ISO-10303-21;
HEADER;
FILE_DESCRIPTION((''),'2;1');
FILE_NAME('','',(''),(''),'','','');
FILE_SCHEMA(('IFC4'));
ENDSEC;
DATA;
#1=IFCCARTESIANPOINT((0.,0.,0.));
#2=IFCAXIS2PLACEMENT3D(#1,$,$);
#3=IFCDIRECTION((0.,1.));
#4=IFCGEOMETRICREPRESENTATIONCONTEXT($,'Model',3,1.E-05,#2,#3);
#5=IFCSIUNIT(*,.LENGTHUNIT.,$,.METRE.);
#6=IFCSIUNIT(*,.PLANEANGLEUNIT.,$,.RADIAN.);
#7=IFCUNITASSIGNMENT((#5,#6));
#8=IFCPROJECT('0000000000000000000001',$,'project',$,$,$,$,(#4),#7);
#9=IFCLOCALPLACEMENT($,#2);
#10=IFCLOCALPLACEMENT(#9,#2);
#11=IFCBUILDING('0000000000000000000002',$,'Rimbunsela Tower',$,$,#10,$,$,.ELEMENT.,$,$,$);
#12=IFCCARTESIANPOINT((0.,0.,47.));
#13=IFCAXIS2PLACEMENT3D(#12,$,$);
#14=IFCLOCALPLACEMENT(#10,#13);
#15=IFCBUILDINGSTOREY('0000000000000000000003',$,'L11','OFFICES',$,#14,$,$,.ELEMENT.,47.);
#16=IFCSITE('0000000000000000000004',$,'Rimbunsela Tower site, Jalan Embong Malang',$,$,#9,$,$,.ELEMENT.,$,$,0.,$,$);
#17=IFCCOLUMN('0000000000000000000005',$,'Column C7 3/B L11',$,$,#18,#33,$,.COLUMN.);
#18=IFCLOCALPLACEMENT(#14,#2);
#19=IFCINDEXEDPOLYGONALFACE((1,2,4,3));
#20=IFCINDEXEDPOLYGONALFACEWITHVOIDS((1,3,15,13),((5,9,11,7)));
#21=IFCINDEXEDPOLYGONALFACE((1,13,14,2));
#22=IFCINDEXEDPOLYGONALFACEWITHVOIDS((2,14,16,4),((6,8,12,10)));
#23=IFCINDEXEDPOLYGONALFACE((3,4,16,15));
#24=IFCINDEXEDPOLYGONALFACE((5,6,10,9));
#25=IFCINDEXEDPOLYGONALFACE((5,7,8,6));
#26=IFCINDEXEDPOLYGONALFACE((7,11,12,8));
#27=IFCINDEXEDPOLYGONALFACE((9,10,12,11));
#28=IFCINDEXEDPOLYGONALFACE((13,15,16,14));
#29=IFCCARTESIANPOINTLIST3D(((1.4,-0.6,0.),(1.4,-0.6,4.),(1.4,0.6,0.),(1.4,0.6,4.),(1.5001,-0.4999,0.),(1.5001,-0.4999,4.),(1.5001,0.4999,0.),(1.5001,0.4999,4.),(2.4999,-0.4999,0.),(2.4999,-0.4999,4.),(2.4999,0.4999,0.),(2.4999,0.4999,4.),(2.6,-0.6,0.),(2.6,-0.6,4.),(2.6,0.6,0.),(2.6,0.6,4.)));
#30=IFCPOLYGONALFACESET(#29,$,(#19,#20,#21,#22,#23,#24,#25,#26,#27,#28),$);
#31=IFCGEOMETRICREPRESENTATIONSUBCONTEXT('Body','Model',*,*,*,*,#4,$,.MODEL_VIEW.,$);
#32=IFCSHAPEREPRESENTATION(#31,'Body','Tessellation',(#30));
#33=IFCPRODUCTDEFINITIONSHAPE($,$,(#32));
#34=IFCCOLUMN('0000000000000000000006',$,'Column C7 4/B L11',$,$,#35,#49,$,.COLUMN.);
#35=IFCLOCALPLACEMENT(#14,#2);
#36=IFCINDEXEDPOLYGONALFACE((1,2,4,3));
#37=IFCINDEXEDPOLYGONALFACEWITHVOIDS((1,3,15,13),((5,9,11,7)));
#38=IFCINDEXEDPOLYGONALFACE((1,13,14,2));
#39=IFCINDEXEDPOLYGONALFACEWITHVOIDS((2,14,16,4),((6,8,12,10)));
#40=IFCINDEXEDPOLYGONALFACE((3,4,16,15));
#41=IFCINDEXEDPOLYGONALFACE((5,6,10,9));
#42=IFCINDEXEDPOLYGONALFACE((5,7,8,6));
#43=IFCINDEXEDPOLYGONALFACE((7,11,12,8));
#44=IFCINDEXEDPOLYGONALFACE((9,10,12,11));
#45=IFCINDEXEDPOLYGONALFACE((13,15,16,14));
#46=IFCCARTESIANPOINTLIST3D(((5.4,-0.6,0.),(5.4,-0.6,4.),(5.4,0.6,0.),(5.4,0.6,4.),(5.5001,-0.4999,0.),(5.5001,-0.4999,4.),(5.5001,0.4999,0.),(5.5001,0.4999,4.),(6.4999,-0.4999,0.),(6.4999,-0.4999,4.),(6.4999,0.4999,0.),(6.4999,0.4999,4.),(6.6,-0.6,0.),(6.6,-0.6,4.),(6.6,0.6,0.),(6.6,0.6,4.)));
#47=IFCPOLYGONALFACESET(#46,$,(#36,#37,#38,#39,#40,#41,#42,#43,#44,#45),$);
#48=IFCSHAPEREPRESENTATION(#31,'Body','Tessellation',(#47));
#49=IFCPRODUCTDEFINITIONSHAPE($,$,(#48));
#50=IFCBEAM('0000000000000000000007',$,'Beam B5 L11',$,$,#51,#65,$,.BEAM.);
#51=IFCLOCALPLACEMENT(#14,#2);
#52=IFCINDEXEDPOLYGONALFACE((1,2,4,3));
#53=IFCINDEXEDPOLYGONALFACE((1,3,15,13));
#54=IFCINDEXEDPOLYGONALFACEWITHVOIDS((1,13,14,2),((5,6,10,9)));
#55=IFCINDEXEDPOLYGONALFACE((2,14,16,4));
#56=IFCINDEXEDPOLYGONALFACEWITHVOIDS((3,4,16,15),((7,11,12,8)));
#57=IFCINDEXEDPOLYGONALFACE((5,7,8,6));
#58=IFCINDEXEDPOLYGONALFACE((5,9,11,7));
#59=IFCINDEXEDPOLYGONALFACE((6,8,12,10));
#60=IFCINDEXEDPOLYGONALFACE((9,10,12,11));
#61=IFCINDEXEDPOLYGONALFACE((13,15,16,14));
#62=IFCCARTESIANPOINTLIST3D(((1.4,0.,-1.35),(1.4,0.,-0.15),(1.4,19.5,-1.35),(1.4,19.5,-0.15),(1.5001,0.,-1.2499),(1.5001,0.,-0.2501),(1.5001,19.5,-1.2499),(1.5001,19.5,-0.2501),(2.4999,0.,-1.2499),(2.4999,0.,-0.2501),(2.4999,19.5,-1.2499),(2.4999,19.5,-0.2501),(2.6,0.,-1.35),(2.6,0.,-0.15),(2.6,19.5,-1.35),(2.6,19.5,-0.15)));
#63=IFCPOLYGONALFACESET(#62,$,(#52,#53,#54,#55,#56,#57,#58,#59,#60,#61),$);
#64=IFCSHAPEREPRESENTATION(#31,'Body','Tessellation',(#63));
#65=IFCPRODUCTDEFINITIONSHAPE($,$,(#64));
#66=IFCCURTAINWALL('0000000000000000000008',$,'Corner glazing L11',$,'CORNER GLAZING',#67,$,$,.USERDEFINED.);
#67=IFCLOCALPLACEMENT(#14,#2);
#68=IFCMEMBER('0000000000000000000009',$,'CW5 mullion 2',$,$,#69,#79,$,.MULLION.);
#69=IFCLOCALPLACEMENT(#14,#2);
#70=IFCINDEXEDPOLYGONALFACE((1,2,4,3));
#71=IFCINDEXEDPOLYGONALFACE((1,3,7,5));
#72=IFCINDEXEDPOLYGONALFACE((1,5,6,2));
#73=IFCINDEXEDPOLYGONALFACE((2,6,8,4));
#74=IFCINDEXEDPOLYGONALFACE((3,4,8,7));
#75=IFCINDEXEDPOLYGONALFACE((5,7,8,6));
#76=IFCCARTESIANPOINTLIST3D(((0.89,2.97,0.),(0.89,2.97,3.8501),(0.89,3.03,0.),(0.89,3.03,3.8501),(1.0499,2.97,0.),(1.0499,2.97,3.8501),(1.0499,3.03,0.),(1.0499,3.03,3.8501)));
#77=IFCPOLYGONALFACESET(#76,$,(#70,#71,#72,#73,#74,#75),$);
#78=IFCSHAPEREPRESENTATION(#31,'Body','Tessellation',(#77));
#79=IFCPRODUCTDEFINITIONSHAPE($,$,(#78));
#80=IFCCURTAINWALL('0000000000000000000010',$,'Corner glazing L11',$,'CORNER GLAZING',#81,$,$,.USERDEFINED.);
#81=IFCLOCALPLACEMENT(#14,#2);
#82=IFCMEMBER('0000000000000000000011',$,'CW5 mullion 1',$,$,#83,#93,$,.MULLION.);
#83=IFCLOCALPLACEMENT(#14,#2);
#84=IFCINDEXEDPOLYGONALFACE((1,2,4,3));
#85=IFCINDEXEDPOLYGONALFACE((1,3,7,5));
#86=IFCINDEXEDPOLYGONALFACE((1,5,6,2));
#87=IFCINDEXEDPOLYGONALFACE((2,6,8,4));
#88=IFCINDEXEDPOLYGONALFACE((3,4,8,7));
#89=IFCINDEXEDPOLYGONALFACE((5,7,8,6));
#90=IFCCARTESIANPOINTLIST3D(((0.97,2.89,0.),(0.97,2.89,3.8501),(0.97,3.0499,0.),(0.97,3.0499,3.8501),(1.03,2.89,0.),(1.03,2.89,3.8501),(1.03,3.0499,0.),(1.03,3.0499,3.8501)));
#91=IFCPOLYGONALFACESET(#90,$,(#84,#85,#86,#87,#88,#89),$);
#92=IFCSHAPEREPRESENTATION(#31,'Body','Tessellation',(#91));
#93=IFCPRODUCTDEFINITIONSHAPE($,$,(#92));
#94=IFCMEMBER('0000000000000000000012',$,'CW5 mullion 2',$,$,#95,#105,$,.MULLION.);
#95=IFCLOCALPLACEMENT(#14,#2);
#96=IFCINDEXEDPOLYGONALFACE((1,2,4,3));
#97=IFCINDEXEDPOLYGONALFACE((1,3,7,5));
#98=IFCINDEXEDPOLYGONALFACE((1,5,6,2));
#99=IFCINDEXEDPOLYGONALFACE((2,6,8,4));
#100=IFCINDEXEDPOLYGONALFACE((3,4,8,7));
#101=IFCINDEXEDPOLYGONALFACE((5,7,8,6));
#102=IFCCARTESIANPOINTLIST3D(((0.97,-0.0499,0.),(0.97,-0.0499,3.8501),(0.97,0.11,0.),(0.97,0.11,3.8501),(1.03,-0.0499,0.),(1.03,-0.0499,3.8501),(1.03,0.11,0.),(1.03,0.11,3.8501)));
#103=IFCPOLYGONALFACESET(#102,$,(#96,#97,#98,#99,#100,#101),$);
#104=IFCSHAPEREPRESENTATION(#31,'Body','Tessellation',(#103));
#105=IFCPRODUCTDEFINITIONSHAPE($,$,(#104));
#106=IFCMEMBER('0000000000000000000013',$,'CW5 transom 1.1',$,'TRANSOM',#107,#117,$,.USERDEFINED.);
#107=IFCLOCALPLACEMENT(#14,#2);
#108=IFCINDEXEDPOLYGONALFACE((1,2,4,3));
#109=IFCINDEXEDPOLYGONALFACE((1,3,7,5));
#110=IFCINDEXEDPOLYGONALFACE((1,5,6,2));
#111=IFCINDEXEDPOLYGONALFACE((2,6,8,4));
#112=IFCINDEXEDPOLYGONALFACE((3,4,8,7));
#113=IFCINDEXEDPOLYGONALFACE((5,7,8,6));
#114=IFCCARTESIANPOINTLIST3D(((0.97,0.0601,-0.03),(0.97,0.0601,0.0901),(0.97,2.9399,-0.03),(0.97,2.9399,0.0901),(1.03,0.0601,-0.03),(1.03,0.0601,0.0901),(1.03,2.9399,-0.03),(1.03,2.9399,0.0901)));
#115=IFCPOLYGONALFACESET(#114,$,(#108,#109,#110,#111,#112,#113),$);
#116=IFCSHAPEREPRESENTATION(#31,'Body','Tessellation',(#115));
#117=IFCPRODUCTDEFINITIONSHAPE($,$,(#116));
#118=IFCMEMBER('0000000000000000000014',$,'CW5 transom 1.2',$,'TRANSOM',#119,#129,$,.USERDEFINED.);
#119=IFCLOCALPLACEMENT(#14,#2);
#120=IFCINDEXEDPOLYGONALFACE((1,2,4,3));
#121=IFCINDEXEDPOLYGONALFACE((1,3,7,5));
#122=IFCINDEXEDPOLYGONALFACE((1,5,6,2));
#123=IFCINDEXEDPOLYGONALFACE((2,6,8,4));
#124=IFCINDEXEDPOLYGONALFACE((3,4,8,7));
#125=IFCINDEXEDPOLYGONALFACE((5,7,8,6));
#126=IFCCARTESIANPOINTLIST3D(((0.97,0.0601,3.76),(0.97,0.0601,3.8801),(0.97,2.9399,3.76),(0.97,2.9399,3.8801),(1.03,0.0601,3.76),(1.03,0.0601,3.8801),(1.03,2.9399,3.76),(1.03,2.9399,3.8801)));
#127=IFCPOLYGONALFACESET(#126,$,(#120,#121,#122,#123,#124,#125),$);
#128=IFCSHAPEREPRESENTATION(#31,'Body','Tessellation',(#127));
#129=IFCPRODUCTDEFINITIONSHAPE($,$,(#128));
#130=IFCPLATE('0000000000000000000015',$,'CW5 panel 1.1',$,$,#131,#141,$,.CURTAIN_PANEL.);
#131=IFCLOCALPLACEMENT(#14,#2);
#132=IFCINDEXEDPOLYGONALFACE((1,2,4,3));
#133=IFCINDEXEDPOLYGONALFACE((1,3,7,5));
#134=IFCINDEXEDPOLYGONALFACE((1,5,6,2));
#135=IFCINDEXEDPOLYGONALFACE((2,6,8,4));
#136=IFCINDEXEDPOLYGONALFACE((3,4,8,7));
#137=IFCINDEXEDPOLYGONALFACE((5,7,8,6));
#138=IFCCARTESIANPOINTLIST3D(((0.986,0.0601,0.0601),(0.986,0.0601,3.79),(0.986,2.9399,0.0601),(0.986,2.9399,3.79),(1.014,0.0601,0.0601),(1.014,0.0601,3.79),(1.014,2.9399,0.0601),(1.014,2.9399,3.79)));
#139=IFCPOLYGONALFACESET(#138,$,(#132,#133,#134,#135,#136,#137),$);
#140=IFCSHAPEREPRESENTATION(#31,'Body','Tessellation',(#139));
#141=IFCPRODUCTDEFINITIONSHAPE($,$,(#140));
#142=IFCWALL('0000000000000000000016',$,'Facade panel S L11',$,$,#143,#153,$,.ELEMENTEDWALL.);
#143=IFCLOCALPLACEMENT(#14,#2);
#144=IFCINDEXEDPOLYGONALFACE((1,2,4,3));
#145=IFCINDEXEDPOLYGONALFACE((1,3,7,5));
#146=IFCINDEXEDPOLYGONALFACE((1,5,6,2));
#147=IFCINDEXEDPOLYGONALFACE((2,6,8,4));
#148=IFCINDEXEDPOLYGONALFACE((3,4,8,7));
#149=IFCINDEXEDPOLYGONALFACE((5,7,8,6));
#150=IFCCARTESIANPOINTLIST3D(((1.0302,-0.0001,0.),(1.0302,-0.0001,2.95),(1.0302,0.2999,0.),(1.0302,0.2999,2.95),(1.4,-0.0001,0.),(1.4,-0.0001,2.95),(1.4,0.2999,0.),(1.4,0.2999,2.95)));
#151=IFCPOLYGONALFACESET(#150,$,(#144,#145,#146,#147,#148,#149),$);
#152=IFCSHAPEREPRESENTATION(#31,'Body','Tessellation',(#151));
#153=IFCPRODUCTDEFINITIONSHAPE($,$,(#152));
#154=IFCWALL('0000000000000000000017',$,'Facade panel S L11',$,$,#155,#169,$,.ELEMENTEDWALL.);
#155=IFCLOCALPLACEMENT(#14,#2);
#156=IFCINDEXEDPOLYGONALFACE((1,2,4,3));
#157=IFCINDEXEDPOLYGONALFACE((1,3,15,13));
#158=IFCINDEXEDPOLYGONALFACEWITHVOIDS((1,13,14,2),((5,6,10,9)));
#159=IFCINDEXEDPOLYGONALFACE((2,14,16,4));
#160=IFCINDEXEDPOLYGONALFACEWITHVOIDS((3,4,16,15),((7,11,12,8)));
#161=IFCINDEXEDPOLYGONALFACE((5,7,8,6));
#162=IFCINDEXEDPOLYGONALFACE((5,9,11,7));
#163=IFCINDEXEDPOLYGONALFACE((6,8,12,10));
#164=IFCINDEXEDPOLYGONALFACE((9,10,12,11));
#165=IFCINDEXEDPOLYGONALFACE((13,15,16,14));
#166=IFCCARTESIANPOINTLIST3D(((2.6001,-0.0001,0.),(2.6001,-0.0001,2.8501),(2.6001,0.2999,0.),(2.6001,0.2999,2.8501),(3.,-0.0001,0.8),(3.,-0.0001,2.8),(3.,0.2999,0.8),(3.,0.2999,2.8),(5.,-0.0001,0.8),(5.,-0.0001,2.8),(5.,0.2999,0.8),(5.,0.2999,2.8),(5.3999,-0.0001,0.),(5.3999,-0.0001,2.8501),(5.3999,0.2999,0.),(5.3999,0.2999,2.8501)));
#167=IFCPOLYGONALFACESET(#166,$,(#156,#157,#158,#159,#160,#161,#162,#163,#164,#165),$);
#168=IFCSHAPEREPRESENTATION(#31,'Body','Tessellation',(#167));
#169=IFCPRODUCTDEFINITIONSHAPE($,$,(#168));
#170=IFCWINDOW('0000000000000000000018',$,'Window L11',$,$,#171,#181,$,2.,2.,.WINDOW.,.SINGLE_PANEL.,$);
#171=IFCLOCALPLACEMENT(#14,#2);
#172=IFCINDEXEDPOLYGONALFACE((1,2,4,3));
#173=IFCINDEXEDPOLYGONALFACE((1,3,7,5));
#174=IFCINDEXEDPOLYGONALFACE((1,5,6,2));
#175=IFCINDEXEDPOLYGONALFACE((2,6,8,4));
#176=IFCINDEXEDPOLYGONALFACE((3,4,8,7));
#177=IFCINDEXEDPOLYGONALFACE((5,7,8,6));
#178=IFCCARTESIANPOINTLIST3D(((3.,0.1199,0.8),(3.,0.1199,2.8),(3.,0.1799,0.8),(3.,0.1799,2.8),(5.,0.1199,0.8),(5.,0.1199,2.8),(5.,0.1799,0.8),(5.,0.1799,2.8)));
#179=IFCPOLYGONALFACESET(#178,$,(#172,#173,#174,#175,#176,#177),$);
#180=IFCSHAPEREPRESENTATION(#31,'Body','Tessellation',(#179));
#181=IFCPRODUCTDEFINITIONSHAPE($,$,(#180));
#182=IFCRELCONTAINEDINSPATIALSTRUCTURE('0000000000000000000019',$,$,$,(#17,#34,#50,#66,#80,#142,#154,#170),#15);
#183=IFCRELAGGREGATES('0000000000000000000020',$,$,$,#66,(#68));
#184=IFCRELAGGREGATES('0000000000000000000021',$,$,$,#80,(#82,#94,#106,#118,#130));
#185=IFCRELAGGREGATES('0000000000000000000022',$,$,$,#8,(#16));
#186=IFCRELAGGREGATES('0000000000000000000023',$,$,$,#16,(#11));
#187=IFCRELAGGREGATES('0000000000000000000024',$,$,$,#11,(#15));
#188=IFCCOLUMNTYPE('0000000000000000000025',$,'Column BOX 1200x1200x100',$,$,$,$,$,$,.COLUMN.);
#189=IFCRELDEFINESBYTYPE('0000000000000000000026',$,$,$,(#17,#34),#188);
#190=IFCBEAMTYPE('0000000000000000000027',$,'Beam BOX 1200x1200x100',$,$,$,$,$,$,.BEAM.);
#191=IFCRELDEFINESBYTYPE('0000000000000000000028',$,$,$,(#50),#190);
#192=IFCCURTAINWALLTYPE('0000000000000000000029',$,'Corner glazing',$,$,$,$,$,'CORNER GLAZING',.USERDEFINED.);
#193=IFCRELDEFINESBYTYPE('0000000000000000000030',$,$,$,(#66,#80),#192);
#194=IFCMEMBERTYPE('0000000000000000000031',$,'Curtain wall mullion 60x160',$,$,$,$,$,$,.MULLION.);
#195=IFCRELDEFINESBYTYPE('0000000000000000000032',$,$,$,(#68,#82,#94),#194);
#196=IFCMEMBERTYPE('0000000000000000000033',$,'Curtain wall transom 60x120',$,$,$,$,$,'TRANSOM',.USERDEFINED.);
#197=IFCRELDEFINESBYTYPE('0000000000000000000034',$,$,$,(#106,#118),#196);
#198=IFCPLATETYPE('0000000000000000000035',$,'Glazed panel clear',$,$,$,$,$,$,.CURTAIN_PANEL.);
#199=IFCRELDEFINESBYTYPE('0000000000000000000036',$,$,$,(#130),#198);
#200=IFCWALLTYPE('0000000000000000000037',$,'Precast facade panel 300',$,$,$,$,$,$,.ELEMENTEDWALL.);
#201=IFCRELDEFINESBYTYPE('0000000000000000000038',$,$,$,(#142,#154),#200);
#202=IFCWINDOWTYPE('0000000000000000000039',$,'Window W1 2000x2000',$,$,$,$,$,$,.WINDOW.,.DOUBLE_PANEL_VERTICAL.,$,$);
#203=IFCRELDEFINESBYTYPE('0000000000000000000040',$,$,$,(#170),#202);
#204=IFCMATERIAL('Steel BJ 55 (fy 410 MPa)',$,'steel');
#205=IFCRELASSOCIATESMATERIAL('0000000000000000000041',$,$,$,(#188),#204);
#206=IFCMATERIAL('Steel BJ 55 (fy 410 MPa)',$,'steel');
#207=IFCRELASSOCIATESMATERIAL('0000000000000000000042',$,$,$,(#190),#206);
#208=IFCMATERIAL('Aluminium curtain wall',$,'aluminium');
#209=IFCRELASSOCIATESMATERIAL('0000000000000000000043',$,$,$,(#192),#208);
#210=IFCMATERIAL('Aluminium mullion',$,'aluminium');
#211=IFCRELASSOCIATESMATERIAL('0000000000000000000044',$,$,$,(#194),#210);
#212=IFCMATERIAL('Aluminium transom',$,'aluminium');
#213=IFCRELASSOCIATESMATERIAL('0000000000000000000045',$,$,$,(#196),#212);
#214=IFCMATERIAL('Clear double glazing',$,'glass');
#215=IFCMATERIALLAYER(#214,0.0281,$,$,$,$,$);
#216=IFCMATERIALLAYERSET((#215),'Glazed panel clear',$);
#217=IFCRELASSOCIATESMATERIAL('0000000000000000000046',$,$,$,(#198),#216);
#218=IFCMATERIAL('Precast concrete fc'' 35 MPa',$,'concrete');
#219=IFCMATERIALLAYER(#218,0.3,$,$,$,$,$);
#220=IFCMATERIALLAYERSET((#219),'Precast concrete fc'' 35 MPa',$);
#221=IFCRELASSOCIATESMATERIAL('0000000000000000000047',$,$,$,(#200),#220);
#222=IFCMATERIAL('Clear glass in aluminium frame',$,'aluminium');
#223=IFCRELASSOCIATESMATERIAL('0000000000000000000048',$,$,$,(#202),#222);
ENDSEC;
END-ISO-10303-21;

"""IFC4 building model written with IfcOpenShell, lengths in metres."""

from ifc_helpers import new_model, si_unit, direction, frame, frame_2d, origin, origin_2d, place, context, subcontext, project, spatial, rectangle, hollow_rectangle, extrude, material, layer, layer_set, material_profile, profile_set, type_object, element, fill, aggregate, save


model = new_model("IFC4")

# Units and contexts
model_context = context("Model", 3, precision=1e-05, world=origin(), true_north=direction((0.0, 1.0)))
body_context = subcontext(model_context, "Body", "Model", "MODEL_VIEW")
ifc_project = project(units=[si_unit("LENGTHUNIT", "METRE"), si_unit("PLANEANGLEUNIT", "RADIAN")], contexts=[model_context])

# Site, building, storey
site_placement = place(None, origin())
site = spatial("IfcSite", under=ifc_project, at=site_placement, Name="Rimbunsela Tower site, Jalan Embong Malang", CompositionType="ELEMENT", RefElevation=0.0)
building_placement = place(site_placement, origin())
building = spatial("IfcBuilding", under=site, at=building_placement, Name="Rimbunsela Tower", CompositionType="ELEMENT")
storey_placement = place(building_placement, frame((0.0, 0.0, 47.0)))
storey = spatial("IfcBuildingStorey", under=building, at=storey_placement, Name="L11", Description="OFFICES", CompositionType="ELEMENT", Elevation=47.0)

# Columns
ifc_material_1 = material(Name="Steel BJ 55 (fy 410 MPa)", Category="steel")
ifc_material_profile_1 = material_profile(ifc_material_1, hollow_rectangle(XDim=1.2, YDim=1.2, WallThickness=0.1001, at=origin_2d()), Name="BOX 1200x1200x100")
ifc_profile_set_1 = profile_set([ifc_material_profile_1], Name="Steel BJ 55 (fy 410 MPa)")
column_type = type_object("IfcColumnType", Name="Column BOX 1200x1200x100", PredefinedType="COLUMN", material=ifc_profile_set_1)
for number, where, z_axis, x_axis, name in (
    (1, (2.0, 0.0, 0.0), (0.0, 0.0, 1.0), (1.0, 0.0, 0.0), "Column C7 3/B L11"),
    (2, (6.0, 0.0, 0.0), (0.0, 0.0, 1.0), (1.0, 0.0, 0.0), "Column C7 4/B L11"),
):
    element("IfcColumn", number, at=place(storey_placement, frame(where, z_axis=z_axis, x_axis=x_axis)), inside=storey, type_object=column_type, Name=name, PredefinedType="COLUMN", context=body_context, shape_type="SweptSolid", body=[
        extrude(hollow_rectangle(XDim=1.2, YDim=1.2, WallThickness=0.1001, at=origin_2d()), origin(), (0.0, 0.0, 1.0), 4.0),
    ])

# Beam
ifc_material_2 = material(Name="Steel BJ 55 (fy 410 MPa)", Category="steel")
ifc_material_profile_2 = material_profile(ifc_material_2, hollow_rectangle(XDim=1.2, YDim=1.2, WallThickness=0.1001, at=origin_2d()), Name="BOX 1200x1200x100")
ifc_profile_set_2 = profile_set([ifc_material_profile_2], Name="Steel BJ 55 (fy 410 MPa)")
beam_type = type_object("IfcBeamType", Name="Beam BOX 1200x1200x100", PredefinedType="BEAM", material=ifc_profile_set_2)
beam_placement = place(storey_placement, frame((2.0, 0.0, -0.75), z_axis=(0.0, 1.0, 0.0), x_axis=(-1.0, 0.0, 0.0)))
element("IfcBeam", 3, at=beam_placement, inside=storey, type_object=beam_type, Name="Beam B5 L11", PredefinedType="BEAM", context=body_context, shape_type="SweptSolid", body=[
    extrude(hollow_rectangle(XDim=1.2, YDim=1.2, WallThickness=0.1001, at=origin_2d()), origin(), (0.0, 0.0, 1.0), 19.5),
])

# Curtain wall, member
ifc_material_3 = material(Name="Aluminium curtain wall", Category="aluminium")
curtain_wall_type = type_object("IfcCurtainWallType", Name="Corner glazing", ElementType="CORNER GLAZING", PredefinedType="USERDEFINED", material=ifc_material_3)
curtain_wall_1_placement = place(storey_placement, origin())
curtain_wall_1 = element("IfcCurtainWall", 4, at=curtain_wall_1_placement, inside=storey, type_object=curtain_wall_type, Name="Corner glazing L11", ObjectType="CORNER GLAZING", PredefinedType="USERDEFINED")
ifc_material_4 = material(Name="Aluminium mullion", Category="aluminium")
ifc_material_profile_3 = material_profile(ifc_material_4, rectangle(XDim=0.0601, YDim=0.1599, at=origin_2d()), Name="Mullion 60x160")
ifc_profile_set_3 = profile_set([ifc_material_profile_3], Name="Aluminium mullion")
member_type_1 = type_object("IfcMemberType", Name="Curtain wall mullion 60x160", PredefinedType="MULLION", material=ifc_profile_set_3)
member_1_placement = place(storey_placement, frame((0.97, 3.0, 0.0), z_axis=(0.0, 0.0, 1.0), x_axis=(0.0, 1.0, 0.0)))
member_1 = element("IfcMember", 5, at=member_1_placement, type_object=member_type_1, Name="CW5 mullion 2", PredefinedType="MULLION", context=body_context, shape_type="SweptSolid", body=[
    extrude(rectangle(XDim=0.0601, YDim=0.1599, at=origin_2d()), origin(), (0.0, 0.0, 1.0), 3.8501),
])
aggregate(curtain_wall_1, [member_1])

# Curtain wall, members, plate
curtain_wall_2_placement = place(storey_placement, origin())
curtain_wall_2 = element("IfcCurtainWall", 6, at=curtain_wall_2_placement, inside=storey, type_object=curtain_wall_type, Name="Corner glazing L11", ObjectType="CORNER GLAZING", PredefinedType="USERDEFINED")
member_2_placement = place(storey_placement, frame((1.0, 2.97, 0.0), z_axis=(0.0, 0.0, 1.0), x_axis=(1.0, 0.0, 0.0)))
member_2 = element("IfcMember", 7, at=member_2_placement, type_object=member_type_1, Name="CW5 mullion 1", PredefinedType="MULLION", context=body_context, shape_type="SweptSolid", body=[
    extrude(rectangle(XDim=0.0601, YDim=0.1599, at=origin_2d()), origin(), (0.0, 0.0, 1.0), 3.8501),
])
member_3_placement = place(storey_placement, frame((1.0, 0.03, 0.0), z_axis=(0.0, 0.0, 1.0), x_axis=(1.0, 0.0, 0.0)))
member_3 = element("IfcMember", 8, at=member_3_placement, type_object=member_type_1, Name="CW5 mullion 2", PredefinedType="MULLION", context=body_context, shape_type="SweptSolid", body=[
    extrude(rectangle(XDim=0.0601, YDim=0.1599, at=origin_2d()), origin(), (0.0, 0.0, 1.0), 3.8501),
])
ifc_material_5 = material(Name="Aluminium transom", Category="aluminium")
ifc_material_profile_4 = material_profile(ifc_material_5, rectangle(XDim=0.0601, YDim=0.1201, at=origin_2d()), Name="Transom 60x120")
ifc_profile_set_4 = profile_set([ifc_material_profile_4], Name="Aluminium transom")
member_type_2 = type_object("IfcMemberType", Name="Curtain wall transom 60x120", ElementType="TRANSOM", PredefinedType="USERDEFINED", material=ifc_profile_set_4)
member_4_placement = place(storey_placement, frame((1.0, 2.9399, 0.03), z_axis=(0.0, -1.0, 0.0), x_axis=(1.0, 0.0, 0.0)))
member_4 = element("IfcMember", 9, at=member_4_placement, type_object=member_type_2, Name="CW5 transom 1.1", ObjectType="TRANSOM", PredefinedType="USERDEFINED", context=body_context, shape_type="SweptSolid", body=[
    extrude(rectangle(XDim=0.0601, YDim=0.1201, at=origin_2d()), origin(), (0.0, 0.0, 1.0), 2.8799),
])
member_5_placement = place(storey_placement, frame((1.0, 2.9399, 3.8201), z_axis=(0.0, -1.0, 0.0), x_axis=(1.0, 0.0, 0.0)))
member_5 = element("IfcMember", 10, at=member_5_placement, type_object=member_type_2, Name="CW5 transom 1.2", ObjectType="TRANSOM", PredefinedType="USERDEFINED", context=body_context, shape_type="SweptSolid", body=[
    extrude(rectangle(XDim=0.0601, YDim=0.1201, at=origin_2d()), origin(), (0.0, 0.0, 1.0), 2.8799),
])
ifc_material_6 = material(Name="Clear double glazing", Category="glass")
ifc_layer_1 = layer(ifc_material_6, 0.0281)
ifc_layer_set_1 = layer_set([ifc_layer_1], Name="Glazed panel clear")
plate_type = type_object("IfcPlateType", Name="Glazed panel clear", PredefinedType="CURTAIN_PANEL", material=ifc_layer_set_1)
plate_placement = place(storey_placement, frame((1.0, 1.5, 0.0601), z_axis=(0.0, 0.0, 1.0), x_axis=(0.0, -1.0, 0.0)))
plate = element("IfcPlate", 11, at=plate_placement, type_object=plate_type, Name="CW5 panel 1.1", PredefinedType="CURTAIN_PANEL", context=body_context, shape_type="SweptSolid", body=[
    extrude(rectangle(XDim=2.8799, YDim=0.0281, at=origin_2d()), origin(), (0.0, 0.0, 1.0), 3.73),
])
aggregate(curtain_wall_2, [member_2, member_3, member_4, member_5, plate])

# Wall
ifc_material_7 = material(Name="Precast concrete fc' 35 MPa", Category="concrete")
ifc_layer_2 = layer(ifc_material_7, 0.3)
ifc_layer_set_2 = layer_set([ifc_layer_2], Name="Precast concrete fc' 35 MPa")
wall_type = type_object("IfcWallType", Name="Precast facade panel 300", PredefinedType="ELEMENTEDWALL", material=ifc_layer_set_2)
wall_1_placement = place(storey_placement, frame((1.03, 0.1499, 0.0), z_axis=(0.0, 0.0, 1.0), x_axis=(1.0, 0.0, 0.0)))
element("IfcWall", 12, at=wall_1_placement, inside=storey, type_object=wall_type, Name="Facade panel S L11", PredefinedType="ELEMENTEDWALL", context=body_context, shape_type="SweptSolid", body=[
    extrude(rectangle(XDim=0.3699, YDim=0.3, at=frame_2d((0.1851, 0.0))), origin(), (0.0, 0.0, 1.0), 2.95),
])

# Wall, opening, window
wall_2_placement = place(storey_placement, frame((2.6001, 0.1499, 0.0), z_axis=(0.0, 0.0, 1.0), x_axis=(1.0, 0.0, 0.0)))
wall_2 = element("IfcWall", 13, at=wall_2_placement, inside=storey, type_object=wall_type, Name="Facade panel S L11", PredefinedType="ELEMENTEDWALL", context=body_context, shape_type="SweptSolid", body=[
    extrude(rectangle(XDim=2.7998, YDim=0.3, at=frame_2d((1.3999, 0.0))), origin(), (0.0, 0.0, 1.0), 2.8501),
])
opening_placement = place(wall_2_placement, frame((0.3999, 0.0, 0.8)))
opening = element("IfcOpeningElement", 14, at=opening_placement, cuts=wall_2, PredefinedType="OPENING", context=body_context, shape_type="SweptSolid", body=[
    extrude(rectangle(XDim=2.0, YDim=2.0, at=frame_2d((1.0, 1.0))), frame((0.0, 0.1599, 0.0), z_axis=(0.0, -1.0, 0.0), x_axis=(1.0, 0.0, 0.0)), (0.0, 0.0, 1.0), 0.3201),
])
ifc_material_8 = material(Name="Clear glass in aluminium frame", Category="aluminium")
window_type = type_object("IfcWindowType", Name="Window W1 2000x2000", PartitioningType="DOUBLE_PANEL_VERTICAL", PredefinedType="WINDOW", material=ifc_material_8)
window_placement = place(opening_placement, origin())
window = element("IfcWindow", 15, at=window_placement, inside=storey, type_object=window_type, Name="Window L11", OverallHeight=2.0, OverallWidth=2.0, PartitioningType="SINGLE_PANEL", PredefinedType="WINDOW", context=body_context, shape_type="SweptSolid", body=[
    extrude(rectangle(XDim=2.0, YDim=2.0, at=frame_2d((1.0, 1.0))), frame((0.0, 0.03, 0.0), z_axis=(0.0, -1.0, 0.0), x_axis=(1.0, 0.0, 0.0)), (0.0, 0.0, 1.0), 0.0601),
])
fill(opening, window)

save(model, "model.ifc")
